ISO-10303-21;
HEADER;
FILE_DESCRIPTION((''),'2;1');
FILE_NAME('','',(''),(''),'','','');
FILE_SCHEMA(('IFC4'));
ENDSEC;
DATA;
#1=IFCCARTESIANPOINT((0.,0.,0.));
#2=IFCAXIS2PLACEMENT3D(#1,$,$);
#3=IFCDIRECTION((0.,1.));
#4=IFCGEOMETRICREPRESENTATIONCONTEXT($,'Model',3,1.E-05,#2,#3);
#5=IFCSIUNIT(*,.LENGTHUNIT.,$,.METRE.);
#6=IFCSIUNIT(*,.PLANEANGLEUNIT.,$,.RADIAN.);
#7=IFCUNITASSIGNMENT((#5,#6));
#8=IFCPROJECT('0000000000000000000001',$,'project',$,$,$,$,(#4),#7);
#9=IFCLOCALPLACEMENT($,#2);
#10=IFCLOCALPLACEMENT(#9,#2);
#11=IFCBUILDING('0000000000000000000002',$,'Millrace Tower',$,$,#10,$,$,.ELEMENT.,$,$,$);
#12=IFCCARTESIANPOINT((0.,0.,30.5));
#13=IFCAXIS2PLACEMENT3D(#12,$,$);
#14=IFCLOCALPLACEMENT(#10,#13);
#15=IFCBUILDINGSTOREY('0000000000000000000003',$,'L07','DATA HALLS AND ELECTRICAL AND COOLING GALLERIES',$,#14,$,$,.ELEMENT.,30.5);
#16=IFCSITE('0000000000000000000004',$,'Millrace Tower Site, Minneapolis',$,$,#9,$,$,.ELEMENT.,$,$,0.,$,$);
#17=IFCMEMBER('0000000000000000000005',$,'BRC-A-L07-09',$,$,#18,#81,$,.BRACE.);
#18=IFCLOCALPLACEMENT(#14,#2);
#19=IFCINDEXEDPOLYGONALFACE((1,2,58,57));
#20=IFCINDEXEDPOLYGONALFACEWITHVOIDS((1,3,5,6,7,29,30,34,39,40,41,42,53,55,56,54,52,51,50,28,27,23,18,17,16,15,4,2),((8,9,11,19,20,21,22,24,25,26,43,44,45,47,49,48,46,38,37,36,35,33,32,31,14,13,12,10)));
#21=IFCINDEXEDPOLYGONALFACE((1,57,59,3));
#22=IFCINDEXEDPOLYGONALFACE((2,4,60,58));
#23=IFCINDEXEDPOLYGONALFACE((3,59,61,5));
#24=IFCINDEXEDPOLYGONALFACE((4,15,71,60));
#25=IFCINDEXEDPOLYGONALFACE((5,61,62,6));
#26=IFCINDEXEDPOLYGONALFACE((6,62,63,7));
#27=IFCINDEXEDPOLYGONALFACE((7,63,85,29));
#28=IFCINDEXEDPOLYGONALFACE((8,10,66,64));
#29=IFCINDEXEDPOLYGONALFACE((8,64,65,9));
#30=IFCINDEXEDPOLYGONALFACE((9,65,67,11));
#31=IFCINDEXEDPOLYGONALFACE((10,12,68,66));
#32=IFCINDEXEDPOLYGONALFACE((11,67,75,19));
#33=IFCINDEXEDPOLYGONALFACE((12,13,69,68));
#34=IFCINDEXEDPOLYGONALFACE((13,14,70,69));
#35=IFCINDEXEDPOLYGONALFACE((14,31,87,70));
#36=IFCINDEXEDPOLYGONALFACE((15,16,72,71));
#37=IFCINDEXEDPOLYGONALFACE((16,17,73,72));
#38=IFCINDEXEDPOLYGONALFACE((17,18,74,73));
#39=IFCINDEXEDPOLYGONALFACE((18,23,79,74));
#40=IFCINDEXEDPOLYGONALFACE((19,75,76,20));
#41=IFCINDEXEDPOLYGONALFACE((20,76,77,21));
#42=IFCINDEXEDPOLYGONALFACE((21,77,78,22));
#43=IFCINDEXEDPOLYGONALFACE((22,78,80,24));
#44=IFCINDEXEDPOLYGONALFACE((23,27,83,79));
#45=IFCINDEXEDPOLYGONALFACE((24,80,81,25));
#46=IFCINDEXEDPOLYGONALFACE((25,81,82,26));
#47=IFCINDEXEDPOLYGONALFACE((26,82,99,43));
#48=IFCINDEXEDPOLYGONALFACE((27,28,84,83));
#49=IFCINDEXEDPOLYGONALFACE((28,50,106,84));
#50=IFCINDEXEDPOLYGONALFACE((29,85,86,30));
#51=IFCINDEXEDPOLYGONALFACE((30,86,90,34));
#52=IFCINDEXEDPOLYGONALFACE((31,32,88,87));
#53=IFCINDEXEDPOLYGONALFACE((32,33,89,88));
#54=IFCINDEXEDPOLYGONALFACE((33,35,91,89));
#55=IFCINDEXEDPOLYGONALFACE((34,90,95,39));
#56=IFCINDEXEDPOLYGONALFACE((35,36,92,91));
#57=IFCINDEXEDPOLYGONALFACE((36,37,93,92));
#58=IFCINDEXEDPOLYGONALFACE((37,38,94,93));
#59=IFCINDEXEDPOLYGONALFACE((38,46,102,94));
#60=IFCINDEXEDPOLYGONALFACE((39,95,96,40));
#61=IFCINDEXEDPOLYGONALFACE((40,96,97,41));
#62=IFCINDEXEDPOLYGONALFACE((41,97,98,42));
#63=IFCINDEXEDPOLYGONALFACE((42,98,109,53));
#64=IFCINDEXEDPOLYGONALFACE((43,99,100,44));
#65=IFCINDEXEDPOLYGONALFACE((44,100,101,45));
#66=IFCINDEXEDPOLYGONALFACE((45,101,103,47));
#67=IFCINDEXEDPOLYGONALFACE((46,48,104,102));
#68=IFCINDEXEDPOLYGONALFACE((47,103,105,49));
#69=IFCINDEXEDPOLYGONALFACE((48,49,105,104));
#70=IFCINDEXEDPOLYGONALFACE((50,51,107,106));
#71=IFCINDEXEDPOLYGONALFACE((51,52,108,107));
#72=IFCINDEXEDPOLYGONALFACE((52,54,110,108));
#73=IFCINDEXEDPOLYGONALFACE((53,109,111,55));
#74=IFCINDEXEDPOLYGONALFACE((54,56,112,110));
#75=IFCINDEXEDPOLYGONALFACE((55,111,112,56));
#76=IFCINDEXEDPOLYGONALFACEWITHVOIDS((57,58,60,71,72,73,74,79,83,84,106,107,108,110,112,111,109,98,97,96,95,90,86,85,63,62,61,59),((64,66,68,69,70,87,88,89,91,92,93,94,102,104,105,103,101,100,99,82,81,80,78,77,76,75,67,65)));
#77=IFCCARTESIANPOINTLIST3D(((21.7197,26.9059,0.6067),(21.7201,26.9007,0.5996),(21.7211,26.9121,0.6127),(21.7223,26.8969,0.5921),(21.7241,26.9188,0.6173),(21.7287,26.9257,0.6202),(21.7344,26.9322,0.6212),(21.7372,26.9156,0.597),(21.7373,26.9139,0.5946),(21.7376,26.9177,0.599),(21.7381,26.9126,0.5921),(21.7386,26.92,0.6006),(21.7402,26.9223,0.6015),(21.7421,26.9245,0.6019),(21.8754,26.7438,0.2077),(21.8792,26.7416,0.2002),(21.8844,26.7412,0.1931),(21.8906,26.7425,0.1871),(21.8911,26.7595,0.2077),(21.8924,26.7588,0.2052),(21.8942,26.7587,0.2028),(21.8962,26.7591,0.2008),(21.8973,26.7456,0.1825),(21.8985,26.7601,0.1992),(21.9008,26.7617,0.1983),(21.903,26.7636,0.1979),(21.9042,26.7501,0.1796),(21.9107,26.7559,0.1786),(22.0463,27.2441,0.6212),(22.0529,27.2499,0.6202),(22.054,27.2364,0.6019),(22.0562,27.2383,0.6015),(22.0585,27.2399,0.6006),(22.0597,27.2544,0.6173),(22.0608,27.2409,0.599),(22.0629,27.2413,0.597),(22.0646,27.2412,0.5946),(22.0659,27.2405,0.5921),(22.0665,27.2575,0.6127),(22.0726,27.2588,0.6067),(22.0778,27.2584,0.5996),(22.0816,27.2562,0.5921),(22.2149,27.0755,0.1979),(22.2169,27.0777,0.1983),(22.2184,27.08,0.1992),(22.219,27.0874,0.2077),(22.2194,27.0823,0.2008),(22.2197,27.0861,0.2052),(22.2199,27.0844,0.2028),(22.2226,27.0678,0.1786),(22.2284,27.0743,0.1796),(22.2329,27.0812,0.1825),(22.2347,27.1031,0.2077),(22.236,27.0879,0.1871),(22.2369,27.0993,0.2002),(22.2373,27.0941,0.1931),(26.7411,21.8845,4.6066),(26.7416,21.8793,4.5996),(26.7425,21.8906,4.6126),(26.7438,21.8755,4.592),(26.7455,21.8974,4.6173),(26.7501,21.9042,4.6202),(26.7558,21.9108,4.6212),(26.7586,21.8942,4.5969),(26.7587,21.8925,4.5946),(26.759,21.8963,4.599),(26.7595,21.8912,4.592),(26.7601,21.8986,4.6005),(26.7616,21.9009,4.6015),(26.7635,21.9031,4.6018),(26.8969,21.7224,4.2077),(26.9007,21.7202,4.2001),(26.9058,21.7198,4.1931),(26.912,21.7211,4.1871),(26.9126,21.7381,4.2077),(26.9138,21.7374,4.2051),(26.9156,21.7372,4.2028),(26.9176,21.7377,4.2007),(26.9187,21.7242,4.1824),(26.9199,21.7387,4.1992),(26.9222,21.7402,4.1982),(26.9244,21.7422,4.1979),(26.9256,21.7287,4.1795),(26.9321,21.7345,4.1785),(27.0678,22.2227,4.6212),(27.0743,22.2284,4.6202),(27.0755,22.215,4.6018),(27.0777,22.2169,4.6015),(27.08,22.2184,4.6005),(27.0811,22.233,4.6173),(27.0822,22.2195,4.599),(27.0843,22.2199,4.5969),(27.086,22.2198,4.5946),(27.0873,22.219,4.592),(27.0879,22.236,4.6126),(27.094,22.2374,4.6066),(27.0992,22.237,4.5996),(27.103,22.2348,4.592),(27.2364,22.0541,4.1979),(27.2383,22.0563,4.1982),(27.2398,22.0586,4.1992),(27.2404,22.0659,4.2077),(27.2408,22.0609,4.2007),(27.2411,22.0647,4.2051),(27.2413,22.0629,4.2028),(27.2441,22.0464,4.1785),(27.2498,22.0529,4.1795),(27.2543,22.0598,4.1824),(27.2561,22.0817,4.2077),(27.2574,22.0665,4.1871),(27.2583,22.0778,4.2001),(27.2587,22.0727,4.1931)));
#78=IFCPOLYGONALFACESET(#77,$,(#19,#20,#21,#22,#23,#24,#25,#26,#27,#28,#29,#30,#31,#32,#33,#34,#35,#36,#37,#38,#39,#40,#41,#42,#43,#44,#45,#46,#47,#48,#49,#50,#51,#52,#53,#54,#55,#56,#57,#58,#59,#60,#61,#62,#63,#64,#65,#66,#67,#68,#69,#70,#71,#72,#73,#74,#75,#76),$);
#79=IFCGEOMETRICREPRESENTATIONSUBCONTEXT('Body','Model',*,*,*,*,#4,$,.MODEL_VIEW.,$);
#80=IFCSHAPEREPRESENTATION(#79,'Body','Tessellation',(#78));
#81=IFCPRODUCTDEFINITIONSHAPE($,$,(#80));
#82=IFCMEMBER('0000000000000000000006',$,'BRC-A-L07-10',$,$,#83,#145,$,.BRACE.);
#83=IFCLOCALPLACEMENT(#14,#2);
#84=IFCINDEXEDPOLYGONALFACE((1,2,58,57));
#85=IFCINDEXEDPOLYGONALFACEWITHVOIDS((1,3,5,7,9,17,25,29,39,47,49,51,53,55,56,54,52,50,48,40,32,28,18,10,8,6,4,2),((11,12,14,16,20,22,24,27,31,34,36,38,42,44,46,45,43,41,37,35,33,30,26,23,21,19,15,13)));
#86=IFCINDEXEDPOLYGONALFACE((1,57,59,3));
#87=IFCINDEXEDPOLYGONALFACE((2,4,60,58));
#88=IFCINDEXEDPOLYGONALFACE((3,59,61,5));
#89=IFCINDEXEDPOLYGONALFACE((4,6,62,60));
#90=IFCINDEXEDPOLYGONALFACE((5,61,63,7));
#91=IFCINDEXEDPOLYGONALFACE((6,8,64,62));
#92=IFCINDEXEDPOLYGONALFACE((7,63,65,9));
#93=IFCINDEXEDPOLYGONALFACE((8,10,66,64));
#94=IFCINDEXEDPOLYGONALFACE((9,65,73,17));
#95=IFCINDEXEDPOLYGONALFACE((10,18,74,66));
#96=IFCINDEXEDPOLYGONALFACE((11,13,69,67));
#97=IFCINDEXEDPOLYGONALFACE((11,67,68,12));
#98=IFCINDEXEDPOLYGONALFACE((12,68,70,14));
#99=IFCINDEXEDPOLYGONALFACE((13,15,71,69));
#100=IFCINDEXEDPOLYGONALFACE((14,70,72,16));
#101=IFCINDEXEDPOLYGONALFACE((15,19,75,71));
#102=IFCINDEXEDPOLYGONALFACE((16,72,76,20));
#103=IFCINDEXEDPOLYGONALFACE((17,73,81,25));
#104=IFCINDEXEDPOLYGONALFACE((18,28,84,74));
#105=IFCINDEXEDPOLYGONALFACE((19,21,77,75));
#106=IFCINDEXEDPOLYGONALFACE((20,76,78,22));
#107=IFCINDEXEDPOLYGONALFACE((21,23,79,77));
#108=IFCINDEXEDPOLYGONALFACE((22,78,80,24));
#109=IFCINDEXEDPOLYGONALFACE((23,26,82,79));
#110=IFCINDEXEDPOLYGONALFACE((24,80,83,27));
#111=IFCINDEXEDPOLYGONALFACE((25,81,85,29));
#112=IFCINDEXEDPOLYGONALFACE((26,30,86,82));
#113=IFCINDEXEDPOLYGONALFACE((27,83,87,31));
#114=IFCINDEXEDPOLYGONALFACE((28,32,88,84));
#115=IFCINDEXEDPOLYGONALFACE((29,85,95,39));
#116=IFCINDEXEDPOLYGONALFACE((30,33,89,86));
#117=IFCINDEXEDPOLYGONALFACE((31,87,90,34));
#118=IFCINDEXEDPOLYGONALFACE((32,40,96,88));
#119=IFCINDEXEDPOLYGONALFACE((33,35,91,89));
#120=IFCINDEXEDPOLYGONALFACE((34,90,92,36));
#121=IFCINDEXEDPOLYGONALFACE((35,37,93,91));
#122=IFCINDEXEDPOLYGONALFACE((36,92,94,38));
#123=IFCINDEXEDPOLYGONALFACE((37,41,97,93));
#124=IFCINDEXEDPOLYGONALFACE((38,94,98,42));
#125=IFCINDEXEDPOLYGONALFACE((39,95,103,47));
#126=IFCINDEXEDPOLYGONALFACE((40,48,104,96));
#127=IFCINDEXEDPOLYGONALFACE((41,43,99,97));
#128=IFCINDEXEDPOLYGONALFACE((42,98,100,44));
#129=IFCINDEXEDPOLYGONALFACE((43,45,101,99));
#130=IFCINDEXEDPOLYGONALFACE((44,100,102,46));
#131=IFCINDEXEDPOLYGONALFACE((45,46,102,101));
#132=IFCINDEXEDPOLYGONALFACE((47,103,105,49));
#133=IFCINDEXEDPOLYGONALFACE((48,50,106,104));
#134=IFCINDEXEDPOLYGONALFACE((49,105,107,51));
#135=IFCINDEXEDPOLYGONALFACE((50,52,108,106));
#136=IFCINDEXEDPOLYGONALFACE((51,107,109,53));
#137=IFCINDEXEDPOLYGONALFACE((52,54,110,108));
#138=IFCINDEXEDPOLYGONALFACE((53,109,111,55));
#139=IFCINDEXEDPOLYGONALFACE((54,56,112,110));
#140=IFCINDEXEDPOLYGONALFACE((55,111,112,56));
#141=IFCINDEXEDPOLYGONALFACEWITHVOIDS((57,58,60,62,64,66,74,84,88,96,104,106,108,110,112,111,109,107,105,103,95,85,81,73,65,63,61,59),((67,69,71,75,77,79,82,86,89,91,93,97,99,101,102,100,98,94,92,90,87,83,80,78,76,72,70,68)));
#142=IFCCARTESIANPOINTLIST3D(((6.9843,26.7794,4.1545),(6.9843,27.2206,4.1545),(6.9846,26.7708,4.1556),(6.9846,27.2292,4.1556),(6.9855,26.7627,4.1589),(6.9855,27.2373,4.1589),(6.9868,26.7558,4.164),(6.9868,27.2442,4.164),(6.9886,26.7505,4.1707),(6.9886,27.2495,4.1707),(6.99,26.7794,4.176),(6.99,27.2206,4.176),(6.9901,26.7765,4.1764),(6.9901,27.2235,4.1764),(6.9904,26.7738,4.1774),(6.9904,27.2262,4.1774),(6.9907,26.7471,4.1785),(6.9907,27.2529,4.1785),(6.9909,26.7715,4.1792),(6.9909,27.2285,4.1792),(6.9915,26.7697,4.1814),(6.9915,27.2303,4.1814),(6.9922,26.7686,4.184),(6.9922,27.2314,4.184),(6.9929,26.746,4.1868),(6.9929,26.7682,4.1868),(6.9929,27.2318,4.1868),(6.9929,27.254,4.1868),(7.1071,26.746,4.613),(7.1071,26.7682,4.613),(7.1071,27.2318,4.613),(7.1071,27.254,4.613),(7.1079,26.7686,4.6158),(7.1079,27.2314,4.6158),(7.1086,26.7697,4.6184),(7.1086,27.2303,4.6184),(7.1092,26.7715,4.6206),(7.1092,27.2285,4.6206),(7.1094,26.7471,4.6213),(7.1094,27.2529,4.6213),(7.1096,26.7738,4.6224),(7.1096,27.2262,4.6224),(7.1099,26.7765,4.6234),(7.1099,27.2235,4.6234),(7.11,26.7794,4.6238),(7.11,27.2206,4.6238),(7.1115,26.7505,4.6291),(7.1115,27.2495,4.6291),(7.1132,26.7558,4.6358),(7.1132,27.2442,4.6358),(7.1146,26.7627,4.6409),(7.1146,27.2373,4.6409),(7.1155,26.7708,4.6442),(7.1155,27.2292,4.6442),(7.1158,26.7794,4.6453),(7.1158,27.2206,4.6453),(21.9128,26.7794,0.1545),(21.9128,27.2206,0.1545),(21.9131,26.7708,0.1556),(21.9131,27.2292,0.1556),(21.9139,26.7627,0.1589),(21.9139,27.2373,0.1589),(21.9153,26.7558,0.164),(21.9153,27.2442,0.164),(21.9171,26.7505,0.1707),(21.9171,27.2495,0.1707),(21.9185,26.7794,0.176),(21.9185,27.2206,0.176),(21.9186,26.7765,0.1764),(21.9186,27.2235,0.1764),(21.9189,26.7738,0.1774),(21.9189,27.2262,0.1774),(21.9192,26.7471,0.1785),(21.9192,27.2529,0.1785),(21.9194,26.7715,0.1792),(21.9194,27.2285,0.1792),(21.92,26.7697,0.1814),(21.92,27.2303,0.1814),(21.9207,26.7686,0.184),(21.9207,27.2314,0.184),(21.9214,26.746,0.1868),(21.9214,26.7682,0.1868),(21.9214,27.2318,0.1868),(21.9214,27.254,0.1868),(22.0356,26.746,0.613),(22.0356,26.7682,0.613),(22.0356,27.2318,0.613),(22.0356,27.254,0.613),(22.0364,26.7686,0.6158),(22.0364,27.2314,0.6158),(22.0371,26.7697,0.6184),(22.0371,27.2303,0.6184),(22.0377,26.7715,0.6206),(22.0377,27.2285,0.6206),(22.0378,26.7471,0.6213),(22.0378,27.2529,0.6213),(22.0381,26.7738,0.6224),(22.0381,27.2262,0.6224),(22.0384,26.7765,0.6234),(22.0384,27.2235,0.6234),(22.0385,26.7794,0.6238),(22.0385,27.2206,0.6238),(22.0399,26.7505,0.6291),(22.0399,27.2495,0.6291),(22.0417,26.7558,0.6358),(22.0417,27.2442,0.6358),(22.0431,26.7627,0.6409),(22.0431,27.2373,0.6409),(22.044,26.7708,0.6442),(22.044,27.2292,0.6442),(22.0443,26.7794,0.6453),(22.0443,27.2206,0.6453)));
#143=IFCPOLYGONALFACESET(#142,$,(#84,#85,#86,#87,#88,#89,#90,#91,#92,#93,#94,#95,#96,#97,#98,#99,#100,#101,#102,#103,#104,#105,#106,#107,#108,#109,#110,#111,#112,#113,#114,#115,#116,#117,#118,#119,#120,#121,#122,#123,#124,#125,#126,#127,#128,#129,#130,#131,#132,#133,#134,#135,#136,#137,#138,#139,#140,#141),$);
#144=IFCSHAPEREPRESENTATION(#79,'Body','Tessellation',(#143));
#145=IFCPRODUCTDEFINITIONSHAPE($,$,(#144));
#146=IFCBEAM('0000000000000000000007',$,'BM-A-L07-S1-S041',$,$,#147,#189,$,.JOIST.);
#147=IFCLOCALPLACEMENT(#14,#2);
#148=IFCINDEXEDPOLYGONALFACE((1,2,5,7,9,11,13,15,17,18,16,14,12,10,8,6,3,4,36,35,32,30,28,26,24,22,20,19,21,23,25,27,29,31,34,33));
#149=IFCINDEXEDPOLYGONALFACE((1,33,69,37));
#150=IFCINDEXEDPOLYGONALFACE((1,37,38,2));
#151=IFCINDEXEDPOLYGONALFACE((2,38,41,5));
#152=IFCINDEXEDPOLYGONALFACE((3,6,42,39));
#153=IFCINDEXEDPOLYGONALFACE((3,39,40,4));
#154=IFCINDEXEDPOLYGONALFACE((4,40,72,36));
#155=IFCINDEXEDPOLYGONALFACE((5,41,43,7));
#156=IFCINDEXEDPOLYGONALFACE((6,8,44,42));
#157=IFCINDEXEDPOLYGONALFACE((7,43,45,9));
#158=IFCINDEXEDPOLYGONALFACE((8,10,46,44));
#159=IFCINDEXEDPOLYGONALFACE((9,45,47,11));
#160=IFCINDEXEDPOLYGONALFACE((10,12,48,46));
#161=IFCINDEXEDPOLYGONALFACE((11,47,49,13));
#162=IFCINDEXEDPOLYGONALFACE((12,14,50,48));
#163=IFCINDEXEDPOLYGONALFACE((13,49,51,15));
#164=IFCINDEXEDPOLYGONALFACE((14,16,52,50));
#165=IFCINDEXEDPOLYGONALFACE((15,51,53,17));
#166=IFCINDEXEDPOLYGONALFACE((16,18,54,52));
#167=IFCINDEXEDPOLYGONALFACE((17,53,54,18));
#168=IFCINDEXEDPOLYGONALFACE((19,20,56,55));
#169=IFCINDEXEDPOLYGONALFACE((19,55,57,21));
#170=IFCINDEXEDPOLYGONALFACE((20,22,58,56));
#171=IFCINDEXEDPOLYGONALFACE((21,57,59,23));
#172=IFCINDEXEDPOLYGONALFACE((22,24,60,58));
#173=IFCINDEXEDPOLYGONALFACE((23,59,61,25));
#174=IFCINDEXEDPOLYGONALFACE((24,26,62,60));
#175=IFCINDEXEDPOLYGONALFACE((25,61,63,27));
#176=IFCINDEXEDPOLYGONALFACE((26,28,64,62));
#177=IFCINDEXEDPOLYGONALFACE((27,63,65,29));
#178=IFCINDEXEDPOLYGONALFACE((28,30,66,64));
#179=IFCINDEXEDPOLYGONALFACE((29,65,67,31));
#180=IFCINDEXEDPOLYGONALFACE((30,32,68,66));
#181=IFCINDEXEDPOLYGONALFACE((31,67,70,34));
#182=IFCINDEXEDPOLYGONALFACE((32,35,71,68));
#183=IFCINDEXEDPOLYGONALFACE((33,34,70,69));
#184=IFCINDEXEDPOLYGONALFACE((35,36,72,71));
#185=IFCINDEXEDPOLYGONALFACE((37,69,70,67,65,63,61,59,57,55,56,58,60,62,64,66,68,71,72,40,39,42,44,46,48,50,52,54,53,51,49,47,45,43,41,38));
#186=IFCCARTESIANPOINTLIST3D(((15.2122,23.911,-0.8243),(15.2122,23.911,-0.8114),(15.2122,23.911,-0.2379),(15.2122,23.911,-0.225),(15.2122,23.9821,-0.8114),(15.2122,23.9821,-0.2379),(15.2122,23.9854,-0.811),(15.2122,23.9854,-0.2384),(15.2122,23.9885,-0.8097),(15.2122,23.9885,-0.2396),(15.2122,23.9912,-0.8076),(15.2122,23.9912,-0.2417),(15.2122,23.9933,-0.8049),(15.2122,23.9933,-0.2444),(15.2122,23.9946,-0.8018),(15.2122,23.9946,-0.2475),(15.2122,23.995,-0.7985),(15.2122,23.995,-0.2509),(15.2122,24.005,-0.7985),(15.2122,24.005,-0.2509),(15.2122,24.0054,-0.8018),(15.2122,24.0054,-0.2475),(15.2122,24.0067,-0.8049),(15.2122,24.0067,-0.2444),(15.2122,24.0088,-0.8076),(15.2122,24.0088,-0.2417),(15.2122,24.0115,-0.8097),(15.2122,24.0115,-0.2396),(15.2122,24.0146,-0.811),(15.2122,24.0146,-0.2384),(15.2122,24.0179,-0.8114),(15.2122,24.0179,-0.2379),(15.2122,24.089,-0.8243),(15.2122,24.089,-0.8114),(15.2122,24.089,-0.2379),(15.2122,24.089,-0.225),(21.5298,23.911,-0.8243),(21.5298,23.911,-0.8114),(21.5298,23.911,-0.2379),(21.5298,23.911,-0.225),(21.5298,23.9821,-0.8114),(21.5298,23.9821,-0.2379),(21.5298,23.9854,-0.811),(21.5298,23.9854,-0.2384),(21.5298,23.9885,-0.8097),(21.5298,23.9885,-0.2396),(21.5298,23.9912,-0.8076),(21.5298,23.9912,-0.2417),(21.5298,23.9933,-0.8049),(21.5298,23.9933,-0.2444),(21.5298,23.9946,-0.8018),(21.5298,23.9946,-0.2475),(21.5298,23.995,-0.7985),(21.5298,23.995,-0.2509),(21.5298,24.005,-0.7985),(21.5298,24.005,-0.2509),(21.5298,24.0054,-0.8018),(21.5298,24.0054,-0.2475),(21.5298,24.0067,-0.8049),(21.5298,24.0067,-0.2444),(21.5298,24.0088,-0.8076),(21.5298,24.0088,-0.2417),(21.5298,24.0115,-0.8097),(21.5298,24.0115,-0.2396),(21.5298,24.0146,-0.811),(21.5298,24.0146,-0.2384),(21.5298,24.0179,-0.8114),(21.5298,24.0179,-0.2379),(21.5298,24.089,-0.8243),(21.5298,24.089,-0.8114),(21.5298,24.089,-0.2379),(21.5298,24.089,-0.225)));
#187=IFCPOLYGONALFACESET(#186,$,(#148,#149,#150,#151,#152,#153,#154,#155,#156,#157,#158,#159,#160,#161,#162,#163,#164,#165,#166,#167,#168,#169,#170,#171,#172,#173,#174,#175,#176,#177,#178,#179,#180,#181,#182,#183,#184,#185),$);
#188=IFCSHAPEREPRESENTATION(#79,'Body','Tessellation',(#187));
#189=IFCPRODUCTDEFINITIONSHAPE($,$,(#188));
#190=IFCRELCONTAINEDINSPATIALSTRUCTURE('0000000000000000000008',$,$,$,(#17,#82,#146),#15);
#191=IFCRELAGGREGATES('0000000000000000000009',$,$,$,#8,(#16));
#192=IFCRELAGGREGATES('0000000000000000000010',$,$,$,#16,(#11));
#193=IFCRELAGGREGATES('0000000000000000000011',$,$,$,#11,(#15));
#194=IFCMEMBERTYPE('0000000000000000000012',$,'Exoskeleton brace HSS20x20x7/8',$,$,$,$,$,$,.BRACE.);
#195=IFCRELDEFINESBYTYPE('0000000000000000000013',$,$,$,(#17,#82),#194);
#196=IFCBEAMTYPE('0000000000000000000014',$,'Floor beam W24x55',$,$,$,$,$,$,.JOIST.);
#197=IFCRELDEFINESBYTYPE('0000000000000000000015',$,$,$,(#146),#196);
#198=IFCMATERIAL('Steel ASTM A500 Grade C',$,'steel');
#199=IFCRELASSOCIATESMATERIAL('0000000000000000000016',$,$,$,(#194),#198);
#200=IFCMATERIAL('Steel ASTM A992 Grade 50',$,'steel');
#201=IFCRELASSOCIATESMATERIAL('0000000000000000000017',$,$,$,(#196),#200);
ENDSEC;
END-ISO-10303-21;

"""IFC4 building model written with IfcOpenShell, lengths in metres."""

from ifc_helpers import new_model, si_unit, direction, frame, origin, origin_2d, place, context, subcontext, project, spatial, hollow_rectangle, i_section, extrude, material, material_profile, profile_set, type_object, element, save


model = new_model("IFC4")

# Units and contexts
model_context = context("Model", 3, precision=1e-05, world=origin(), true_north=direction((0.0, 1.0)))
body_context = subcontext(model_context, "Body", "Model", "MODEL_VIEW")
ifc_project = project(units=[si_unit("LENGTHUNIT", "METRE"), si_unit("PLANEANGLEUNIT", "RADIAN")], contexts=[model_context])

# Site, building, storey
site_placement = place(None, origin())
site = spatial("IfcSite", under=ifc_project, at=site_placement, Name="Millrace Tower Site, Minneapolis", CompositionType="ELEMENT", RefElevation=0.0)
building_placement = place(site_placement, origin())
building = spatial("IfcBuilding", under=site, at=building_placement, Name="Millrace Tower", CompositionType="ELEMENT")
storey_placement = place(building_placement, frame((0.0, 0.0, 30.5)))
storey = spatial("IfcBuildingStorey", under=building, at=storey_placement, Name="L07", Description="DATA HALLS AND ELECTRICAL AND COOLING GALLERIES", CompositionType="ELEMENT", Elevation=30.5)

# Members
ifc_material_1 = material(Name="Steel ASTM A500 Grade C", Category="steel")
ifc_material_profile_1 = material_profile(ifc_material_1, hollow_rectangle(XDim=0.5081, YDim=0.5081, WallThickness=0.0222, InnerFilletRadius=0.0112, OuterFilletRadius=0.0334, at=origin_2d()))
ifc_profile_set_1 = profile_set([ifc_material_profile_1], Name="Steel ASTM A500 Grade C")
member_type_1 = type_object("IfcMemberType", Name="Exoskeleton brace HSS20x20x7/8", PredefinedType="BRACE", material=ifc_profile_set_1)
member_1_placement = place(storey_placement, frame((21.9785, 27.0, 0.3999), z_axis=(0.616095, -0.616095, 0.490768), x_axis=(0.707107, 0.707107, 0.0)))
element("IfcMember", 1, at=member_1_placement, inside=storey, type_object=member_type_1, Name="BRC-A-L07-09", PredefinedType="BRACE", context=body_context, shape_type="SweptSolid", body=[
    extrude(hollow_rectangle(XDim=0.5081, YDim=0.5081, WallThickness=0.0222, InnerFilletRadius=0.0112, OuterFilletRadius=0.0334, at=origin_2d()), origin(), (0.0, 0.0, 1.0), 8.1504),
])
member_2_placement = place(storey_placement, frame((21.9785, 27.0, 0.3999), z_axis=(-0.965927, 0.0, 0.258815), x_axis=(0.0, -1.0, 0.0)))
element("IfcMember", 2, at=member_2_placement, inside=storey, type_object=member_type_1, Name="BRC-A-L07-10", PredefinedType="BRACE", context=body_context, shape_type="SweptSolid", body=[
    extrude(hollow_rectangle(XDim=0.5081, YDim=0.5081, WallThickness=0.0222, InnerFilletRadius=0.0112, OuterFilletRadius=0.0334, at=origin_2d()), origin(), (0.0, 0.0, 1.0), 15.4551),
])

# Beam
ifc_material_2 = material(Name="Steel ASTM A992 Grade 50", Category="steel")
ifc_material_profile_2 = material_profile(ifc_material_2, i_section(OverallWidth=0.178, OverallDepth=0.5994, WebThickness=0.01, FlangeThickness=0.0129, FilletRadius=0.0129, at=origin_2d()))
ifc_profile_set_2 = profile_set([ifc_material_profile_2], Name="Steel ASTM A992 Grade 50")
beam_type_1 = type_object("IfcBeamType", Name="Floor beam W24x55", PredefinedType="JOIST", material=ifc_profile_set_2)
beam_1_placement = place(storey_placement, frame((15.2122, 24.0, -0.5247), z_axis=(1.0, 0.0, 0.0), x_axis=(0.0, 1.0, 0.0)))
element("IfcBeam", 3, at=beam_1_placement, inside=storey, type_object=beam_type_1, Name="BM-A-L07-S1-S041", PredefinedType="JOIST", context=body_context, shape_type="SweptSolid", body=[
    extrude(i_section(OverallWidth=0.178, OverallDepth=0.5994, WebThickness=0.01, FlangeThickness=0.0129, FilletRadius=0.0129, at=origin_2d()), origin(), (0.0, 0.0, 1.0), 6.3176),
])

save(model, "model.ifc")
